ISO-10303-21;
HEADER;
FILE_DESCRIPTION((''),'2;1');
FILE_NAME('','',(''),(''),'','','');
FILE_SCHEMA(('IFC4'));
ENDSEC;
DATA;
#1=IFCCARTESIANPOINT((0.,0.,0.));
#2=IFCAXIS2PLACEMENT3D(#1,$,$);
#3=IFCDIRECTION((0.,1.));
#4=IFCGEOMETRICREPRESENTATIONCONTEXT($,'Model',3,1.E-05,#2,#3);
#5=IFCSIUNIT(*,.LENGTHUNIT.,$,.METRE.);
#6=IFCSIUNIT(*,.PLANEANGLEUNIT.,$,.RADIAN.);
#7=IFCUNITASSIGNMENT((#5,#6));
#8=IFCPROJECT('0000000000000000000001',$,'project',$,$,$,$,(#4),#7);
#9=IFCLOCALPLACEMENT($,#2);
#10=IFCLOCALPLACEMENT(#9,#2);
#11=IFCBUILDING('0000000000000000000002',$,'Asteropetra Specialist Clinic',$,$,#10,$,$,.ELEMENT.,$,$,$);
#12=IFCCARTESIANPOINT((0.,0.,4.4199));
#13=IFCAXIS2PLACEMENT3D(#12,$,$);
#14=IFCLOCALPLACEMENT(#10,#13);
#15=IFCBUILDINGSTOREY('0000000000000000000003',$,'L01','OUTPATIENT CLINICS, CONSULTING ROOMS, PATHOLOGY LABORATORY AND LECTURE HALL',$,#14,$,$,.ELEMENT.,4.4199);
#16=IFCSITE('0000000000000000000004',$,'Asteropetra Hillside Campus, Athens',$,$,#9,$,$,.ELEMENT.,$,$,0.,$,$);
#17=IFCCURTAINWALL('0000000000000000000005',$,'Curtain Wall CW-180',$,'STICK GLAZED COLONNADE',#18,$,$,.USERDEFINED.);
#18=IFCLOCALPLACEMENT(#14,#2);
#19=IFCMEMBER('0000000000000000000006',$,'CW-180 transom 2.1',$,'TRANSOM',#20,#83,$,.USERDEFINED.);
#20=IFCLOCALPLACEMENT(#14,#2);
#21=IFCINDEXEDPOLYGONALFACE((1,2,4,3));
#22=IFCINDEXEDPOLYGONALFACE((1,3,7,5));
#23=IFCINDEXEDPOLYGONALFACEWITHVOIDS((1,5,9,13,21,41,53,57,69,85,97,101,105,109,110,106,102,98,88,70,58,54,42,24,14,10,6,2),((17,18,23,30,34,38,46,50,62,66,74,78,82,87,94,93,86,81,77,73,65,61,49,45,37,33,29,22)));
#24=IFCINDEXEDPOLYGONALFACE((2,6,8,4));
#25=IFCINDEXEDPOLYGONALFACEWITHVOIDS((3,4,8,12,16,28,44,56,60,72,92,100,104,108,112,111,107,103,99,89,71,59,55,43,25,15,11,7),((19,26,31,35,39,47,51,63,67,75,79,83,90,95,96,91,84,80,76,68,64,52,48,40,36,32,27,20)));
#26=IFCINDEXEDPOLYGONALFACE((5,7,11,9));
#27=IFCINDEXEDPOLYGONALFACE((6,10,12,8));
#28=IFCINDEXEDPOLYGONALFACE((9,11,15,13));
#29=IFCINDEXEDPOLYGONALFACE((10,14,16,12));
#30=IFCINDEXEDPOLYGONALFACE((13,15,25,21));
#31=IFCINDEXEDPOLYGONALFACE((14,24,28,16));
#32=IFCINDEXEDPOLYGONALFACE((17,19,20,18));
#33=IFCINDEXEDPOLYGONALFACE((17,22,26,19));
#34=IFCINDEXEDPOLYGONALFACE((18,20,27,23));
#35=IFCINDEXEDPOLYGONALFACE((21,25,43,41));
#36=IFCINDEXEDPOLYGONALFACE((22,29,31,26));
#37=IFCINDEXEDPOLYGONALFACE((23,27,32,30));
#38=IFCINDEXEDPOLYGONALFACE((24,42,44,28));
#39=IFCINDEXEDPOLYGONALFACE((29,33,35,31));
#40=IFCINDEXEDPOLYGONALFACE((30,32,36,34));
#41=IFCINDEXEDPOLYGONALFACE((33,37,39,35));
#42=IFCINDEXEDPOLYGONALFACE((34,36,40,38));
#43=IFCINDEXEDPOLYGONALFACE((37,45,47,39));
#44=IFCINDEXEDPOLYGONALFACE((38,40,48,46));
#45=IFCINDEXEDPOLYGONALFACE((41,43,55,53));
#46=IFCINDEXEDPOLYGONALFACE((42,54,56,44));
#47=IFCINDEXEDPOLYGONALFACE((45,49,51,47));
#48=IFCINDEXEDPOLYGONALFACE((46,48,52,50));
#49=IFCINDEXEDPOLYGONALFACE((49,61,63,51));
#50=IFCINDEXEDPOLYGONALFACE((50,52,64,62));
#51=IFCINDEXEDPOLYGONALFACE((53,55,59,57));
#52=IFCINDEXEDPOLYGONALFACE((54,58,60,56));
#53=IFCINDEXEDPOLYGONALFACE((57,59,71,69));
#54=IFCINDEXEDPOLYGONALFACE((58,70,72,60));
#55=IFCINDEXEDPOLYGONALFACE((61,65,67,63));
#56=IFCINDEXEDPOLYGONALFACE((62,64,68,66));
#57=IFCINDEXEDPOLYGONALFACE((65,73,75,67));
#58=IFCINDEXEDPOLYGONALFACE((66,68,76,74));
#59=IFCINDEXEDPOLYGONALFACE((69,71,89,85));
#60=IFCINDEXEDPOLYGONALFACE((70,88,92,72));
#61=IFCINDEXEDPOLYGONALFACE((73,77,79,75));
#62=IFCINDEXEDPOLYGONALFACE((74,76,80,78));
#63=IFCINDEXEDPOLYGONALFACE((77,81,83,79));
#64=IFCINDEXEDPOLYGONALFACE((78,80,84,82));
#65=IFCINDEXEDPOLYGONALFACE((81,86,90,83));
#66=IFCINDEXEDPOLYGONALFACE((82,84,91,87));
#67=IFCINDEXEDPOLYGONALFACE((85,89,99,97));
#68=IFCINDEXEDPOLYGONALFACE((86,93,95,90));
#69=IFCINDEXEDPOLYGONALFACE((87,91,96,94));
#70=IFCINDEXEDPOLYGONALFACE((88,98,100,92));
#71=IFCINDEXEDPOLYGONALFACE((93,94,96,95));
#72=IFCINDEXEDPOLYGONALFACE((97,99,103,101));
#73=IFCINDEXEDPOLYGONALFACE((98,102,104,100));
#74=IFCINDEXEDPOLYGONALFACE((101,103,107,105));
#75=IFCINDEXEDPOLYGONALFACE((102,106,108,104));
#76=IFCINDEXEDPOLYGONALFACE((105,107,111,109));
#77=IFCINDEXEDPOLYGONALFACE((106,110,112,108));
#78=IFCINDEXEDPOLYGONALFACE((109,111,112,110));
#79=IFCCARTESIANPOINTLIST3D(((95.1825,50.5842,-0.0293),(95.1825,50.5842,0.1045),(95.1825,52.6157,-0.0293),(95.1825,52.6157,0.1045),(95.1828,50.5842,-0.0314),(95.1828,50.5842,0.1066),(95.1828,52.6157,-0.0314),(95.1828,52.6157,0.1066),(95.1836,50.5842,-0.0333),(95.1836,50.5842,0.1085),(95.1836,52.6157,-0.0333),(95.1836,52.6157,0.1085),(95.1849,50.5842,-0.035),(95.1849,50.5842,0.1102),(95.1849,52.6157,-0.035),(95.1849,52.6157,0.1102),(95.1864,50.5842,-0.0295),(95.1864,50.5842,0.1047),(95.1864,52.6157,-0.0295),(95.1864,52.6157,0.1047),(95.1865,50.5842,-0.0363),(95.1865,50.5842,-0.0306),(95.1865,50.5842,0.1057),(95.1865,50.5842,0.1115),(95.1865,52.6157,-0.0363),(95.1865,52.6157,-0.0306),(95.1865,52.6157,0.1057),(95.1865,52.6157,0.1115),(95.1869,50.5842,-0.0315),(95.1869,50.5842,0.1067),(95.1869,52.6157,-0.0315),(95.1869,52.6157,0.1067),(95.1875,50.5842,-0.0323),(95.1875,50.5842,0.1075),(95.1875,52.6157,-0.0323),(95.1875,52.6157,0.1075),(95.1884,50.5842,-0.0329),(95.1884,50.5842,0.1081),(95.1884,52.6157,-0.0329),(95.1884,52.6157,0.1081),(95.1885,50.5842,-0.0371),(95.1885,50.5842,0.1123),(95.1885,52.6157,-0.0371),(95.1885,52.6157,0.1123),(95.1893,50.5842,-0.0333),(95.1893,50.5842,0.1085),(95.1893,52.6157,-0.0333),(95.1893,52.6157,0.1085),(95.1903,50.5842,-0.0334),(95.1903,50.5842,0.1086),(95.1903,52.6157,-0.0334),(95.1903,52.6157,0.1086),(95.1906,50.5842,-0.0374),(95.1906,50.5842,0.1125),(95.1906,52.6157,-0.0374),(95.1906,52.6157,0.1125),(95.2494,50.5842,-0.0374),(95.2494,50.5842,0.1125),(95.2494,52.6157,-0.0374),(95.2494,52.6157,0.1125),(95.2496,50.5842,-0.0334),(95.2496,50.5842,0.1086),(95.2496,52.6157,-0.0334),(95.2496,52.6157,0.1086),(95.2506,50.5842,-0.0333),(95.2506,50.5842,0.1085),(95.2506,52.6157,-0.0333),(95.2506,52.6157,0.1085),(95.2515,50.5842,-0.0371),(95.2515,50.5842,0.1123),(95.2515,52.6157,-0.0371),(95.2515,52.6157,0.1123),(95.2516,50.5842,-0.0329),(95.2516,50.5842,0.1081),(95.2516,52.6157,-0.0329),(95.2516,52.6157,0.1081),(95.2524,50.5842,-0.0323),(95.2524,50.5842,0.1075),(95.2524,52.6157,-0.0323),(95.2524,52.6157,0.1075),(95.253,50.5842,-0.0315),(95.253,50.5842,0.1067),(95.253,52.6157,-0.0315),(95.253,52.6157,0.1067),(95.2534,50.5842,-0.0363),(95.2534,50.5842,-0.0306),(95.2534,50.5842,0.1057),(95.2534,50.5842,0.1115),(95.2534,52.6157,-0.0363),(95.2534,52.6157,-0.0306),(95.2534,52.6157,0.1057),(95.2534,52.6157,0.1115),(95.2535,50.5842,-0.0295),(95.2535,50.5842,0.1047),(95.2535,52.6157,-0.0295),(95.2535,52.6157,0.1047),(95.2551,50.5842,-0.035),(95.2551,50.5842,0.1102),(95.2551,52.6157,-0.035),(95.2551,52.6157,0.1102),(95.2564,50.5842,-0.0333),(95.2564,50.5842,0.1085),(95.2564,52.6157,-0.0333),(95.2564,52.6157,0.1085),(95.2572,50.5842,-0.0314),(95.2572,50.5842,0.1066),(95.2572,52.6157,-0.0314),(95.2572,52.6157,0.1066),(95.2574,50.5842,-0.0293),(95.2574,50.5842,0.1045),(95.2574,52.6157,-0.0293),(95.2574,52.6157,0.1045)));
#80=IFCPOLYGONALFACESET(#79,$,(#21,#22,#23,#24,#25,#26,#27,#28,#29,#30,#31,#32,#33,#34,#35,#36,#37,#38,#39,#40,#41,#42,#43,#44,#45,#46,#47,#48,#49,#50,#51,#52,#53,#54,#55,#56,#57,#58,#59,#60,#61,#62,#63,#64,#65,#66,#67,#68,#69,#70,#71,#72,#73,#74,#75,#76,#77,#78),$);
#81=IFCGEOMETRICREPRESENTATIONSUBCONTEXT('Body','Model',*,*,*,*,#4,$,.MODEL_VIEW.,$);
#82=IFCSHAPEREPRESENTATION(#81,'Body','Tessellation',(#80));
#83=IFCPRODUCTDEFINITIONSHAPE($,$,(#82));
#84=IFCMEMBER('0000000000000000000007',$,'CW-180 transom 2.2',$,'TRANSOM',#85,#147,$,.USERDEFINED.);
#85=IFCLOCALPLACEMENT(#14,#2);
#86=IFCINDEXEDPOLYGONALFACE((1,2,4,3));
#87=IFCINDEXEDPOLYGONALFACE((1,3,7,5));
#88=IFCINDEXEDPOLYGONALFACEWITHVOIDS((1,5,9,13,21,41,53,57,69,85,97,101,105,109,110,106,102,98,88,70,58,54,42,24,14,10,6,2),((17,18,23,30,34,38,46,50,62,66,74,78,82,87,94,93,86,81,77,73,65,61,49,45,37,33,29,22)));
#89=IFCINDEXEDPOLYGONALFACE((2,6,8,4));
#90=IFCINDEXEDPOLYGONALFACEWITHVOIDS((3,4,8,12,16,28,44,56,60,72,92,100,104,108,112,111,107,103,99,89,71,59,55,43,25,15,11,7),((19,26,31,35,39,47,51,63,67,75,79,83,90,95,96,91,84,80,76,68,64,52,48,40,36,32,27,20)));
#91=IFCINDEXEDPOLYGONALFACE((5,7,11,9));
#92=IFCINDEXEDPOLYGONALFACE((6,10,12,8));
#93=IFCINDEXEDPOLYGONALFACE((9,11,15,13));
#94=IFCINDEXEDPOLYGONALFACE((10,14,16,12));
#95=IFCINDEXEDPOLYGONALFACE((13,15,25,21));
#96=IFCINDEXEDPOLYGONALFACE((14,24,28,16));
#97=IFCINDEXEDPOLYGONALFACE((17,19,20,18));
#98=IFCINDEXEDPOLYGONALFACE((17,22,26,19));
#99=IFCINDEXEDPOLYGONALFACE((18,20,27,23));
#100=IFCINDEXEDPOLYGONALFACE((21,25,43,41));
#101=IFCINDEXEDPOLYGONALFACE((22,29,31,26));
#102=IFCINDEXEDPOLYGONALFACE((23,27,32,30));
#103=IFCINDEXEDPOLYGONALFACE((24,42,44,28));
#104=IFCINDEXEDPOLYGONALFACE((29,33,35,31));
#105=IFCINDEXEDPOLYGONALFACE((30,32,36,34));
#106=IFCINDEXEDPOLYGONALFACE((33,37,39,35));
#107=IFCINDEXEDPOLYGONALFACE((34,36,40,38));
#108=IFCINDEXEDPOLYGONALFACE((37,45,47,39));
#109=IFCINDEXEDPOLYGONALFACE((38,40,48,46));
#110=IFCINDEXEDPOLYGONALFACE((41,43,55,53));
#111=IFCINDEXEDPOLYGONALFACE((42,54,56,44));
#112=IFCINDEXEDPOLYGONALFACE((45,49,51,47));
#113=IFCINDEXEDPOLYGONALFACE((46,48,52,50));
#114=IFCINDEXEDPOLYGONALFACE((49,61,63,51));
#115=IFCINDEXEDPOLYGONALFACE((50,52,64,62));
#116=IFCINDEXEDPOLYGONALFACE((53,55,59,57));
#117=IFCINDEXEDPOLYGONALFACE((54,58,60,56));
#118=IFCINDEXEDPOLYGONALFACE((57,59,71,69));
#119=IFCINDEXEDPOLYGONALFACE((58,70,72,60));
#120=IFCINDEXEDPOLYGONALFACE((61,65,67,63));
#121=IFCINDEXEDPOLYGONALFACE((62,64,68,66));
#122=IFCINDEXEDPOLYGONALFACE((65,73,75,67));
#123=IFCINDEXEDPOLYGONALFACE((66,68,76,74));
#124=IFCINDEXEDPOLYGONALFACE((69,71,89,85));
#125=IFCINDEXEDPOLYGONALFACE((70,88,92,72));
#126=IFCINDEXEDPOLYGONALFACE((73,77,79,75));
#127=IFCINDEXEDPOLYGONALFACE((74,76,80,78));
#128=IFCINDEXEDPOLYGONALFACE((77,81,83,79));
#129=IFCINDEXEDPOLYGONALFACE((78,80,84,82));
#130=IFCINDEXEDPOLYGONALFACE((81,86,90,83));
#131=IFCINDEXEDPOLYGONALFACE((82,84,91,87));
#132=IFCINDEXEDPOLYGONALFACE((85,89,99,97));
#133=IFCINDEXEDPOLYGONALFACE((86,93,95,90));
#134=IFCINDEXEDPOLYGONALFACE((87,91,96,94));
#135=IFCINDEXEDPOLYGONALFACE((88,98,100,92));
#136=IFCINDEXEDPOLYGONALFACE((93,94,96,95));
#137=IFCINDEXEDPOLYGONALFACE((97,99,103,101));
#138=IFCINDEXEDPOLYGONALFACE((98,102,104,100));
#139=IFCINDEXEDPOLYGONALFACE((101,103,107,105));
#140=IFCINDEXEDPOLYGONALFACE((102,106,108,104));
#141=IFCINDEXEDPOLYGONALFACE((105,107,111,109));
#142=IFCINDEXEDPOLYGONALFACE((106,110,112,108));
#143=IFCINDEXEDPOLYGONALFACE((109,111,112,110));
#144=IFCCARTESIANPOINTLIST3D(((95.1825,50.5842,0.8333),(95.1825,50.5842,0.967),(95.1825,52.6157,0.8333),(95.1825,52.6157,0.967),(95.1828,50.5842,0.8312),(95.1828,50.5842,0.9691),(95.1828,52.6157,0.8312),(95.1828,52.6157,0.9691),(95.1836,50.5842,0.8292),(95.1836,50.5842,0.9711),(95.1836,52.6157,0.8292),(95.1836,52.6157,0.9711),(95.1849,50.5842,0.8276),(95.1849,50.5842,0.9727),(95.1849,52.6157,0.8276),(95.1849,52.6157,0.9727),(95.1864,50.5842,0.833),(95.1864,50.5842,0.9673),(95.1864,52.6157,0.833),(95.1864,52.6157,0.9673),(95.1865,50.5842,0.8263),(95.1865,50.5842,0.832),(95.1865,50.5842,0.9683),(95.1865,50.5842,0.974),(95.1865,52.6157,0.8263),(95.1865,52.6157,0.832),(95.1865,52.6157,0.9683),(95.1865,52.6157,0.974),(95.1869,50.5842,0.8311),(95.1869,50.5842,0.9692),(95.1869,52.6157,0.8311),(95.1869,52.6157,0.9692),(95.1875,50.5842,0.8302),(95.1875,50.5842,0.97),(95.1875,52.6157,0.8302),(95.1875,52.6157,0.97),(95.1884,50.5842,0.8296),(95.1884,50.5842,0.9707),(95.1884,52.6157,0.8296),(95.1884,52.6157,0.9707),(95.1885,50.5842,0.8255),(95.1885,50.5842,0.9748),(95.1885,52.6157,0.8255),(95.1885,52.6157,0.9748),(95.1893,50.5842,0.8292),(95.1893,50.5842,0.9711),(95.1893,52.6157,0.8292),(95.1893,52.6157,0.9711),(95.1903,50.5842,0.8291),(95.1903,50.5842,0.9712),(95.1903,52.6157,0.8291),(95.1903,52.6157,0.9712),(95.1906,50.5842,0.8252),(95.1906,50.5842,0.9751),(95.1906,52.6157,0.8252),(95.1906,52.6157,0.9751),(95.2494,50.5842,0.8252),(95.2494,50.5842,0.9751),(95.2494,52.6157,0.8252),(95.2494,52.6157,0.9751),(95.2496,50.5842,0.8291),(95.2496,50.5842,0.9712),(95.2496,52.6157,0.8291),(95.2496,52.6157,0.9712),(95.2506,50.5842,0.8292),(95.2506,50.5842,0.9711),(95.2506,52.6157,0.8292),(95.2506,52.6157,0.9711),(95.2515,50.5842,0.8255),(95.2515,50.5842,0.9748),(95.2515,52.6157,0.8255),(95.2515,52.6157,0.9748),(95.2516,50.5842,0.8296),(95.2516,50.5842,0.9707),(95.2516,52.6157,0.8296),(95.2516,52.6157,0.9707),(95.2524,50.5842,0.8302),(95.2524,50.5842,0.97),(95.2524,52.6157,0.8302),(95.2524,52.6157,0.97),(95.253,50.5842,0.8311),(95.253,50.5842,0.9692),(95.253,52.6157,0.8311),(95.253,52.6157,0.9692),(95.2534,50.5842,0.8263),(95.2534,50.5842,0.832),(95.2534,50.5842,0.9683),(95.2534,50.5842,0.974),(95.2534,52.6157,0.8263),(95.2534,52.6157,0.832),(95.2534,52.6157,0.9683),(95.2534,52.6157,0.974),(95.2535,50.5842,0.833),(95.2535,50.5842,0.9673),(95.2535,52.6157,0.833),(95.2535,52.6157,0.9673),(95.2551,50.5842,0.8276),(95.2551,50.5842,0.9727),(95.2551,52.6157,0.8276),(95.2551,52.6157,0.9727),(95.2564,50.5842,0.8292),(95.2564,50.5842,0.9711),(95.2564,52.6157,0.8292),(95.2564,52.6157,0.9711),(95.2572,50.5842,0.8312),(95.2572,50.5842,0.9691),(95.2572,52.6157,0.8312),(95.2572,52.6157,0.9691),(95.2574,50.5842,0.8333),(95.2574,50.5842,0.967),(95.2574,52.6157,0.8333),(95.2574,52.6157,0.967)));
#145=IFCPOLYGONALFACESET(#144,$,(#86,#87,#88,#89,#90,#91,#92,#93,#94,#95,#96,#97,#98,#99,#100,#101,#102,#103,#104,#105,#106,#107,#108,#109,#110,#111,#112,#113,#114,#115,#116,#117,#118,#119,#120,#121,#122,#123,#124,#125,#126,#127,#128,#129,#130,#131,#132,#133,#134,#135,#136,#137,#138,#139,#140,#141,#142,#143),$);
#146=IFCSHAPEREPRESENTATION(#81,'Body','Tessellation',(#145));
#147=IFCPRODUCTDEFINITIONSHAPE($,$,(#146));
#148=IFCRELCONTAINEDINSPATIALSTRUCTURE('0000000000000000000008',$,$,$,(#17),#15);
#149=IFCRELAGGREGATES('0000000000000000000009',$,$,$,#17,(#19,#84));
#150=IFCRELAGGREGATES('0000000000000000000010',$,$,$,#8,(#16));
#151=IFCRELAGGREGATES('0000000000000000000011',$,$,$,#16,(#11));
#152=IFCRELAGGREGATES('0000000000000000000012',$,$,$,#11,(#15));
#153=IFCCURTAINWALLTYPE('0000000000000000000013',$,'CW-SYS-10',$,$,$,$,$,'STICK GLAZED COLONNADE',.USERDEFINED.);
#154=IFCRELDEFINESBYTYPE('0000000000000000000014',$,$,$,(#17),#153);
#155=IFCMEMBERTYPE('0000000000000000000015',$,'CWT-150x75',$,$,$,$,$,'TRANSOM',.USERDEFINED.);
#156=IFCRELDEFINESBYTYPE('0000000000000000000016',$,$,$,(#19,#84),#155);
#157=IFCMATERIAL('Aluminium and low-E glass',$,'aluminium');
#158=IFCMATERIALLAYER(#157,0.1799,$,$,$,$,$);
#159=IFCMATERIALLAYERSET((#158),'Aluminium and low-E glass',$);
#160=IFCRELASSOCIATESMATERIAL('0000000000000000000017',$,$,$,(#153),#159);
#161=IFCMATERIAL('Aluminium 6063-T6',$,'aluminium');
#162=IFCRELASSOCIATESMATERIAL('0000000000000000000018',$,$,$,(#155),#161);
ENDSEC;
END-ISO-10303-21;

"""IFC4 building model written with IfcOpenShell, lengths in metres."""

from ifc_helpers import new_model, si_unit, direction, frame, origin, origin_2d, place, context, subcontext, project, spatial, hollow_rectangle, extrude, material, layer, layer_set, material_profile, profile_set, type_object, element, aggregate, save


model = new_model("IFC4")

# Units and contexts
model_context = context("Model", 3, precision=1e-05, world=origin(), true_north=direction((0.0, 1.0)))
body_context = subcontext(model_context, "Body", "Model", "MODEL_VIEW")
ifc_project = project(units=[si_unit("LENGTHUNIT", "METRE"), si_unit("PLANEANGLEUNIT", "RADIAN")], contexts=[model_context])

# Site, building, storey
site_placement = place(None, origin())
site = spatial("IfcSite", under=ifc_project, at=site_placement, Name="Asteropetra Hillside Campus, Athens", CompositionType="ELEMENT", RefElevation=0.0)
building_placement = place(site_placement, origin())
building = spatial("IfcBuilding", under=site, at=building_placement, Name="Asteropetra Specialist Clinic", CompositionType="ELEMENT")
storey_placement = place(building_placement, frame((0.0, 0.0, 4.4199)))
storey = spatial("IfcBuildingStorey", under=building, at=storey_placement, Name="L01", Description="OUTPATIENT CLINICS, CONSULTING ROOMS, PATHOLOGY LABORATORY AND LECTURE HALL", CompositionType="ELEMENT", Elevation=4.4199)

# Curtain wall
ifc_material_1 = material(Name="Aluminium and low-E glass", Category="aluminium")
ifc_layer_1 = layer(ifc_material_1, 0.1799)
ifc_layer_set_1 = layer_set([ifc_layer_1], Name="Aluminium and low-E glass")
curtain_wall_type_1 = type_object("IfcCurtainWallType", Name="CW-SYS-10", ElementType="STICK GLAZED COLONNADE", PredefinedType="USERDEFINED", material=ifc_layer_set_1)
curtain_wall_1_placement = place(storey_placement, origin())
curtain_wall_1 = element("IfcCurtainWall", 1, at=curtain_wall_1_placement, inside=storey, type_object=curtain_wall_type_1, Name="Curtain Wall CW-180", ObjectType="STICK GLAZED COLONNADE", PredefinedType="USERDEFINED")

# Members
ifc_material_2 = material(Name="Aluminium 6063-T6", Category="aluminium")
ifc_material_profile_1 = material_profile(ifc_material_2, hollow_rectangle(XDim=0.075, YDim=0.1499, WallThickness=0.0039, InnerFilletRadius=0.0039, OuterFilletRadius=0.0081, at=origin_2d()), Name="TRN 150x75x4.0")
ifc_profile_set_1 = profile_set([ifc_material_profile_1], Name="Aluminium 6063-T6")
member_type_1 = type_object("IfcMemberType", Name="CWT-150x75", ElementType="TRANSOM", PredefinedType="USERDEFINED", material=ifc_profile_set_1)
member_1_placement = place(storey_placement, frame((95.22, 50.5842, 0.0376), z_axis=(0.0, 1.0, 0.0), x_axis=(-1.0, 0.0, 0.0)))
member_1 = element("IfcMember", 2, at=member_1_placement, type_object=member_type_1, Name="CW-180 transom 2.1", ObjectType="TRANSOM", PredefinedType="USERDEFINED", context=body_context, shape_type="SweptSolid", body=[
    extrude(hollow_rectangle(XDim=0.075, YDim=0.1499, WallThickness=0.0039, InnerFilletRadius=0.0039, OuterFilletRadius=0.0081, at=origin_2d()), origin(), (0.0, 0.0, 1.0), 2.0315),
])
member_2_placement = place(storey_placement, frame((95.22, 50.5842, 0.9001), z_axis=(0.0, 1.0, 0.0), x_axis=(-1.0, 0.0, 0.0)))
member_2 = element("IfcMember", 3, at=member_2_placement, type_object=member_type_1, Name="CW-180 transom 2.2", ObjectType="TRANSOM", PredefinedType="USERDEFINED", context=body_context, shape_type="SweptSolid", body=[
    extrude(hollow_rectangle(XDim=0.075, YDim=0.1499, WallThickness=0.0039, InnerFilletRadius=0.0039, OuterFilletRadius=0.0081, at=origin_2d()), origin(), (0.0, 0.0, 1.0), 2.0315),
])

aggregate(curtain_wall_1, [member_1, member_2])

save(model, "model.ifc")
